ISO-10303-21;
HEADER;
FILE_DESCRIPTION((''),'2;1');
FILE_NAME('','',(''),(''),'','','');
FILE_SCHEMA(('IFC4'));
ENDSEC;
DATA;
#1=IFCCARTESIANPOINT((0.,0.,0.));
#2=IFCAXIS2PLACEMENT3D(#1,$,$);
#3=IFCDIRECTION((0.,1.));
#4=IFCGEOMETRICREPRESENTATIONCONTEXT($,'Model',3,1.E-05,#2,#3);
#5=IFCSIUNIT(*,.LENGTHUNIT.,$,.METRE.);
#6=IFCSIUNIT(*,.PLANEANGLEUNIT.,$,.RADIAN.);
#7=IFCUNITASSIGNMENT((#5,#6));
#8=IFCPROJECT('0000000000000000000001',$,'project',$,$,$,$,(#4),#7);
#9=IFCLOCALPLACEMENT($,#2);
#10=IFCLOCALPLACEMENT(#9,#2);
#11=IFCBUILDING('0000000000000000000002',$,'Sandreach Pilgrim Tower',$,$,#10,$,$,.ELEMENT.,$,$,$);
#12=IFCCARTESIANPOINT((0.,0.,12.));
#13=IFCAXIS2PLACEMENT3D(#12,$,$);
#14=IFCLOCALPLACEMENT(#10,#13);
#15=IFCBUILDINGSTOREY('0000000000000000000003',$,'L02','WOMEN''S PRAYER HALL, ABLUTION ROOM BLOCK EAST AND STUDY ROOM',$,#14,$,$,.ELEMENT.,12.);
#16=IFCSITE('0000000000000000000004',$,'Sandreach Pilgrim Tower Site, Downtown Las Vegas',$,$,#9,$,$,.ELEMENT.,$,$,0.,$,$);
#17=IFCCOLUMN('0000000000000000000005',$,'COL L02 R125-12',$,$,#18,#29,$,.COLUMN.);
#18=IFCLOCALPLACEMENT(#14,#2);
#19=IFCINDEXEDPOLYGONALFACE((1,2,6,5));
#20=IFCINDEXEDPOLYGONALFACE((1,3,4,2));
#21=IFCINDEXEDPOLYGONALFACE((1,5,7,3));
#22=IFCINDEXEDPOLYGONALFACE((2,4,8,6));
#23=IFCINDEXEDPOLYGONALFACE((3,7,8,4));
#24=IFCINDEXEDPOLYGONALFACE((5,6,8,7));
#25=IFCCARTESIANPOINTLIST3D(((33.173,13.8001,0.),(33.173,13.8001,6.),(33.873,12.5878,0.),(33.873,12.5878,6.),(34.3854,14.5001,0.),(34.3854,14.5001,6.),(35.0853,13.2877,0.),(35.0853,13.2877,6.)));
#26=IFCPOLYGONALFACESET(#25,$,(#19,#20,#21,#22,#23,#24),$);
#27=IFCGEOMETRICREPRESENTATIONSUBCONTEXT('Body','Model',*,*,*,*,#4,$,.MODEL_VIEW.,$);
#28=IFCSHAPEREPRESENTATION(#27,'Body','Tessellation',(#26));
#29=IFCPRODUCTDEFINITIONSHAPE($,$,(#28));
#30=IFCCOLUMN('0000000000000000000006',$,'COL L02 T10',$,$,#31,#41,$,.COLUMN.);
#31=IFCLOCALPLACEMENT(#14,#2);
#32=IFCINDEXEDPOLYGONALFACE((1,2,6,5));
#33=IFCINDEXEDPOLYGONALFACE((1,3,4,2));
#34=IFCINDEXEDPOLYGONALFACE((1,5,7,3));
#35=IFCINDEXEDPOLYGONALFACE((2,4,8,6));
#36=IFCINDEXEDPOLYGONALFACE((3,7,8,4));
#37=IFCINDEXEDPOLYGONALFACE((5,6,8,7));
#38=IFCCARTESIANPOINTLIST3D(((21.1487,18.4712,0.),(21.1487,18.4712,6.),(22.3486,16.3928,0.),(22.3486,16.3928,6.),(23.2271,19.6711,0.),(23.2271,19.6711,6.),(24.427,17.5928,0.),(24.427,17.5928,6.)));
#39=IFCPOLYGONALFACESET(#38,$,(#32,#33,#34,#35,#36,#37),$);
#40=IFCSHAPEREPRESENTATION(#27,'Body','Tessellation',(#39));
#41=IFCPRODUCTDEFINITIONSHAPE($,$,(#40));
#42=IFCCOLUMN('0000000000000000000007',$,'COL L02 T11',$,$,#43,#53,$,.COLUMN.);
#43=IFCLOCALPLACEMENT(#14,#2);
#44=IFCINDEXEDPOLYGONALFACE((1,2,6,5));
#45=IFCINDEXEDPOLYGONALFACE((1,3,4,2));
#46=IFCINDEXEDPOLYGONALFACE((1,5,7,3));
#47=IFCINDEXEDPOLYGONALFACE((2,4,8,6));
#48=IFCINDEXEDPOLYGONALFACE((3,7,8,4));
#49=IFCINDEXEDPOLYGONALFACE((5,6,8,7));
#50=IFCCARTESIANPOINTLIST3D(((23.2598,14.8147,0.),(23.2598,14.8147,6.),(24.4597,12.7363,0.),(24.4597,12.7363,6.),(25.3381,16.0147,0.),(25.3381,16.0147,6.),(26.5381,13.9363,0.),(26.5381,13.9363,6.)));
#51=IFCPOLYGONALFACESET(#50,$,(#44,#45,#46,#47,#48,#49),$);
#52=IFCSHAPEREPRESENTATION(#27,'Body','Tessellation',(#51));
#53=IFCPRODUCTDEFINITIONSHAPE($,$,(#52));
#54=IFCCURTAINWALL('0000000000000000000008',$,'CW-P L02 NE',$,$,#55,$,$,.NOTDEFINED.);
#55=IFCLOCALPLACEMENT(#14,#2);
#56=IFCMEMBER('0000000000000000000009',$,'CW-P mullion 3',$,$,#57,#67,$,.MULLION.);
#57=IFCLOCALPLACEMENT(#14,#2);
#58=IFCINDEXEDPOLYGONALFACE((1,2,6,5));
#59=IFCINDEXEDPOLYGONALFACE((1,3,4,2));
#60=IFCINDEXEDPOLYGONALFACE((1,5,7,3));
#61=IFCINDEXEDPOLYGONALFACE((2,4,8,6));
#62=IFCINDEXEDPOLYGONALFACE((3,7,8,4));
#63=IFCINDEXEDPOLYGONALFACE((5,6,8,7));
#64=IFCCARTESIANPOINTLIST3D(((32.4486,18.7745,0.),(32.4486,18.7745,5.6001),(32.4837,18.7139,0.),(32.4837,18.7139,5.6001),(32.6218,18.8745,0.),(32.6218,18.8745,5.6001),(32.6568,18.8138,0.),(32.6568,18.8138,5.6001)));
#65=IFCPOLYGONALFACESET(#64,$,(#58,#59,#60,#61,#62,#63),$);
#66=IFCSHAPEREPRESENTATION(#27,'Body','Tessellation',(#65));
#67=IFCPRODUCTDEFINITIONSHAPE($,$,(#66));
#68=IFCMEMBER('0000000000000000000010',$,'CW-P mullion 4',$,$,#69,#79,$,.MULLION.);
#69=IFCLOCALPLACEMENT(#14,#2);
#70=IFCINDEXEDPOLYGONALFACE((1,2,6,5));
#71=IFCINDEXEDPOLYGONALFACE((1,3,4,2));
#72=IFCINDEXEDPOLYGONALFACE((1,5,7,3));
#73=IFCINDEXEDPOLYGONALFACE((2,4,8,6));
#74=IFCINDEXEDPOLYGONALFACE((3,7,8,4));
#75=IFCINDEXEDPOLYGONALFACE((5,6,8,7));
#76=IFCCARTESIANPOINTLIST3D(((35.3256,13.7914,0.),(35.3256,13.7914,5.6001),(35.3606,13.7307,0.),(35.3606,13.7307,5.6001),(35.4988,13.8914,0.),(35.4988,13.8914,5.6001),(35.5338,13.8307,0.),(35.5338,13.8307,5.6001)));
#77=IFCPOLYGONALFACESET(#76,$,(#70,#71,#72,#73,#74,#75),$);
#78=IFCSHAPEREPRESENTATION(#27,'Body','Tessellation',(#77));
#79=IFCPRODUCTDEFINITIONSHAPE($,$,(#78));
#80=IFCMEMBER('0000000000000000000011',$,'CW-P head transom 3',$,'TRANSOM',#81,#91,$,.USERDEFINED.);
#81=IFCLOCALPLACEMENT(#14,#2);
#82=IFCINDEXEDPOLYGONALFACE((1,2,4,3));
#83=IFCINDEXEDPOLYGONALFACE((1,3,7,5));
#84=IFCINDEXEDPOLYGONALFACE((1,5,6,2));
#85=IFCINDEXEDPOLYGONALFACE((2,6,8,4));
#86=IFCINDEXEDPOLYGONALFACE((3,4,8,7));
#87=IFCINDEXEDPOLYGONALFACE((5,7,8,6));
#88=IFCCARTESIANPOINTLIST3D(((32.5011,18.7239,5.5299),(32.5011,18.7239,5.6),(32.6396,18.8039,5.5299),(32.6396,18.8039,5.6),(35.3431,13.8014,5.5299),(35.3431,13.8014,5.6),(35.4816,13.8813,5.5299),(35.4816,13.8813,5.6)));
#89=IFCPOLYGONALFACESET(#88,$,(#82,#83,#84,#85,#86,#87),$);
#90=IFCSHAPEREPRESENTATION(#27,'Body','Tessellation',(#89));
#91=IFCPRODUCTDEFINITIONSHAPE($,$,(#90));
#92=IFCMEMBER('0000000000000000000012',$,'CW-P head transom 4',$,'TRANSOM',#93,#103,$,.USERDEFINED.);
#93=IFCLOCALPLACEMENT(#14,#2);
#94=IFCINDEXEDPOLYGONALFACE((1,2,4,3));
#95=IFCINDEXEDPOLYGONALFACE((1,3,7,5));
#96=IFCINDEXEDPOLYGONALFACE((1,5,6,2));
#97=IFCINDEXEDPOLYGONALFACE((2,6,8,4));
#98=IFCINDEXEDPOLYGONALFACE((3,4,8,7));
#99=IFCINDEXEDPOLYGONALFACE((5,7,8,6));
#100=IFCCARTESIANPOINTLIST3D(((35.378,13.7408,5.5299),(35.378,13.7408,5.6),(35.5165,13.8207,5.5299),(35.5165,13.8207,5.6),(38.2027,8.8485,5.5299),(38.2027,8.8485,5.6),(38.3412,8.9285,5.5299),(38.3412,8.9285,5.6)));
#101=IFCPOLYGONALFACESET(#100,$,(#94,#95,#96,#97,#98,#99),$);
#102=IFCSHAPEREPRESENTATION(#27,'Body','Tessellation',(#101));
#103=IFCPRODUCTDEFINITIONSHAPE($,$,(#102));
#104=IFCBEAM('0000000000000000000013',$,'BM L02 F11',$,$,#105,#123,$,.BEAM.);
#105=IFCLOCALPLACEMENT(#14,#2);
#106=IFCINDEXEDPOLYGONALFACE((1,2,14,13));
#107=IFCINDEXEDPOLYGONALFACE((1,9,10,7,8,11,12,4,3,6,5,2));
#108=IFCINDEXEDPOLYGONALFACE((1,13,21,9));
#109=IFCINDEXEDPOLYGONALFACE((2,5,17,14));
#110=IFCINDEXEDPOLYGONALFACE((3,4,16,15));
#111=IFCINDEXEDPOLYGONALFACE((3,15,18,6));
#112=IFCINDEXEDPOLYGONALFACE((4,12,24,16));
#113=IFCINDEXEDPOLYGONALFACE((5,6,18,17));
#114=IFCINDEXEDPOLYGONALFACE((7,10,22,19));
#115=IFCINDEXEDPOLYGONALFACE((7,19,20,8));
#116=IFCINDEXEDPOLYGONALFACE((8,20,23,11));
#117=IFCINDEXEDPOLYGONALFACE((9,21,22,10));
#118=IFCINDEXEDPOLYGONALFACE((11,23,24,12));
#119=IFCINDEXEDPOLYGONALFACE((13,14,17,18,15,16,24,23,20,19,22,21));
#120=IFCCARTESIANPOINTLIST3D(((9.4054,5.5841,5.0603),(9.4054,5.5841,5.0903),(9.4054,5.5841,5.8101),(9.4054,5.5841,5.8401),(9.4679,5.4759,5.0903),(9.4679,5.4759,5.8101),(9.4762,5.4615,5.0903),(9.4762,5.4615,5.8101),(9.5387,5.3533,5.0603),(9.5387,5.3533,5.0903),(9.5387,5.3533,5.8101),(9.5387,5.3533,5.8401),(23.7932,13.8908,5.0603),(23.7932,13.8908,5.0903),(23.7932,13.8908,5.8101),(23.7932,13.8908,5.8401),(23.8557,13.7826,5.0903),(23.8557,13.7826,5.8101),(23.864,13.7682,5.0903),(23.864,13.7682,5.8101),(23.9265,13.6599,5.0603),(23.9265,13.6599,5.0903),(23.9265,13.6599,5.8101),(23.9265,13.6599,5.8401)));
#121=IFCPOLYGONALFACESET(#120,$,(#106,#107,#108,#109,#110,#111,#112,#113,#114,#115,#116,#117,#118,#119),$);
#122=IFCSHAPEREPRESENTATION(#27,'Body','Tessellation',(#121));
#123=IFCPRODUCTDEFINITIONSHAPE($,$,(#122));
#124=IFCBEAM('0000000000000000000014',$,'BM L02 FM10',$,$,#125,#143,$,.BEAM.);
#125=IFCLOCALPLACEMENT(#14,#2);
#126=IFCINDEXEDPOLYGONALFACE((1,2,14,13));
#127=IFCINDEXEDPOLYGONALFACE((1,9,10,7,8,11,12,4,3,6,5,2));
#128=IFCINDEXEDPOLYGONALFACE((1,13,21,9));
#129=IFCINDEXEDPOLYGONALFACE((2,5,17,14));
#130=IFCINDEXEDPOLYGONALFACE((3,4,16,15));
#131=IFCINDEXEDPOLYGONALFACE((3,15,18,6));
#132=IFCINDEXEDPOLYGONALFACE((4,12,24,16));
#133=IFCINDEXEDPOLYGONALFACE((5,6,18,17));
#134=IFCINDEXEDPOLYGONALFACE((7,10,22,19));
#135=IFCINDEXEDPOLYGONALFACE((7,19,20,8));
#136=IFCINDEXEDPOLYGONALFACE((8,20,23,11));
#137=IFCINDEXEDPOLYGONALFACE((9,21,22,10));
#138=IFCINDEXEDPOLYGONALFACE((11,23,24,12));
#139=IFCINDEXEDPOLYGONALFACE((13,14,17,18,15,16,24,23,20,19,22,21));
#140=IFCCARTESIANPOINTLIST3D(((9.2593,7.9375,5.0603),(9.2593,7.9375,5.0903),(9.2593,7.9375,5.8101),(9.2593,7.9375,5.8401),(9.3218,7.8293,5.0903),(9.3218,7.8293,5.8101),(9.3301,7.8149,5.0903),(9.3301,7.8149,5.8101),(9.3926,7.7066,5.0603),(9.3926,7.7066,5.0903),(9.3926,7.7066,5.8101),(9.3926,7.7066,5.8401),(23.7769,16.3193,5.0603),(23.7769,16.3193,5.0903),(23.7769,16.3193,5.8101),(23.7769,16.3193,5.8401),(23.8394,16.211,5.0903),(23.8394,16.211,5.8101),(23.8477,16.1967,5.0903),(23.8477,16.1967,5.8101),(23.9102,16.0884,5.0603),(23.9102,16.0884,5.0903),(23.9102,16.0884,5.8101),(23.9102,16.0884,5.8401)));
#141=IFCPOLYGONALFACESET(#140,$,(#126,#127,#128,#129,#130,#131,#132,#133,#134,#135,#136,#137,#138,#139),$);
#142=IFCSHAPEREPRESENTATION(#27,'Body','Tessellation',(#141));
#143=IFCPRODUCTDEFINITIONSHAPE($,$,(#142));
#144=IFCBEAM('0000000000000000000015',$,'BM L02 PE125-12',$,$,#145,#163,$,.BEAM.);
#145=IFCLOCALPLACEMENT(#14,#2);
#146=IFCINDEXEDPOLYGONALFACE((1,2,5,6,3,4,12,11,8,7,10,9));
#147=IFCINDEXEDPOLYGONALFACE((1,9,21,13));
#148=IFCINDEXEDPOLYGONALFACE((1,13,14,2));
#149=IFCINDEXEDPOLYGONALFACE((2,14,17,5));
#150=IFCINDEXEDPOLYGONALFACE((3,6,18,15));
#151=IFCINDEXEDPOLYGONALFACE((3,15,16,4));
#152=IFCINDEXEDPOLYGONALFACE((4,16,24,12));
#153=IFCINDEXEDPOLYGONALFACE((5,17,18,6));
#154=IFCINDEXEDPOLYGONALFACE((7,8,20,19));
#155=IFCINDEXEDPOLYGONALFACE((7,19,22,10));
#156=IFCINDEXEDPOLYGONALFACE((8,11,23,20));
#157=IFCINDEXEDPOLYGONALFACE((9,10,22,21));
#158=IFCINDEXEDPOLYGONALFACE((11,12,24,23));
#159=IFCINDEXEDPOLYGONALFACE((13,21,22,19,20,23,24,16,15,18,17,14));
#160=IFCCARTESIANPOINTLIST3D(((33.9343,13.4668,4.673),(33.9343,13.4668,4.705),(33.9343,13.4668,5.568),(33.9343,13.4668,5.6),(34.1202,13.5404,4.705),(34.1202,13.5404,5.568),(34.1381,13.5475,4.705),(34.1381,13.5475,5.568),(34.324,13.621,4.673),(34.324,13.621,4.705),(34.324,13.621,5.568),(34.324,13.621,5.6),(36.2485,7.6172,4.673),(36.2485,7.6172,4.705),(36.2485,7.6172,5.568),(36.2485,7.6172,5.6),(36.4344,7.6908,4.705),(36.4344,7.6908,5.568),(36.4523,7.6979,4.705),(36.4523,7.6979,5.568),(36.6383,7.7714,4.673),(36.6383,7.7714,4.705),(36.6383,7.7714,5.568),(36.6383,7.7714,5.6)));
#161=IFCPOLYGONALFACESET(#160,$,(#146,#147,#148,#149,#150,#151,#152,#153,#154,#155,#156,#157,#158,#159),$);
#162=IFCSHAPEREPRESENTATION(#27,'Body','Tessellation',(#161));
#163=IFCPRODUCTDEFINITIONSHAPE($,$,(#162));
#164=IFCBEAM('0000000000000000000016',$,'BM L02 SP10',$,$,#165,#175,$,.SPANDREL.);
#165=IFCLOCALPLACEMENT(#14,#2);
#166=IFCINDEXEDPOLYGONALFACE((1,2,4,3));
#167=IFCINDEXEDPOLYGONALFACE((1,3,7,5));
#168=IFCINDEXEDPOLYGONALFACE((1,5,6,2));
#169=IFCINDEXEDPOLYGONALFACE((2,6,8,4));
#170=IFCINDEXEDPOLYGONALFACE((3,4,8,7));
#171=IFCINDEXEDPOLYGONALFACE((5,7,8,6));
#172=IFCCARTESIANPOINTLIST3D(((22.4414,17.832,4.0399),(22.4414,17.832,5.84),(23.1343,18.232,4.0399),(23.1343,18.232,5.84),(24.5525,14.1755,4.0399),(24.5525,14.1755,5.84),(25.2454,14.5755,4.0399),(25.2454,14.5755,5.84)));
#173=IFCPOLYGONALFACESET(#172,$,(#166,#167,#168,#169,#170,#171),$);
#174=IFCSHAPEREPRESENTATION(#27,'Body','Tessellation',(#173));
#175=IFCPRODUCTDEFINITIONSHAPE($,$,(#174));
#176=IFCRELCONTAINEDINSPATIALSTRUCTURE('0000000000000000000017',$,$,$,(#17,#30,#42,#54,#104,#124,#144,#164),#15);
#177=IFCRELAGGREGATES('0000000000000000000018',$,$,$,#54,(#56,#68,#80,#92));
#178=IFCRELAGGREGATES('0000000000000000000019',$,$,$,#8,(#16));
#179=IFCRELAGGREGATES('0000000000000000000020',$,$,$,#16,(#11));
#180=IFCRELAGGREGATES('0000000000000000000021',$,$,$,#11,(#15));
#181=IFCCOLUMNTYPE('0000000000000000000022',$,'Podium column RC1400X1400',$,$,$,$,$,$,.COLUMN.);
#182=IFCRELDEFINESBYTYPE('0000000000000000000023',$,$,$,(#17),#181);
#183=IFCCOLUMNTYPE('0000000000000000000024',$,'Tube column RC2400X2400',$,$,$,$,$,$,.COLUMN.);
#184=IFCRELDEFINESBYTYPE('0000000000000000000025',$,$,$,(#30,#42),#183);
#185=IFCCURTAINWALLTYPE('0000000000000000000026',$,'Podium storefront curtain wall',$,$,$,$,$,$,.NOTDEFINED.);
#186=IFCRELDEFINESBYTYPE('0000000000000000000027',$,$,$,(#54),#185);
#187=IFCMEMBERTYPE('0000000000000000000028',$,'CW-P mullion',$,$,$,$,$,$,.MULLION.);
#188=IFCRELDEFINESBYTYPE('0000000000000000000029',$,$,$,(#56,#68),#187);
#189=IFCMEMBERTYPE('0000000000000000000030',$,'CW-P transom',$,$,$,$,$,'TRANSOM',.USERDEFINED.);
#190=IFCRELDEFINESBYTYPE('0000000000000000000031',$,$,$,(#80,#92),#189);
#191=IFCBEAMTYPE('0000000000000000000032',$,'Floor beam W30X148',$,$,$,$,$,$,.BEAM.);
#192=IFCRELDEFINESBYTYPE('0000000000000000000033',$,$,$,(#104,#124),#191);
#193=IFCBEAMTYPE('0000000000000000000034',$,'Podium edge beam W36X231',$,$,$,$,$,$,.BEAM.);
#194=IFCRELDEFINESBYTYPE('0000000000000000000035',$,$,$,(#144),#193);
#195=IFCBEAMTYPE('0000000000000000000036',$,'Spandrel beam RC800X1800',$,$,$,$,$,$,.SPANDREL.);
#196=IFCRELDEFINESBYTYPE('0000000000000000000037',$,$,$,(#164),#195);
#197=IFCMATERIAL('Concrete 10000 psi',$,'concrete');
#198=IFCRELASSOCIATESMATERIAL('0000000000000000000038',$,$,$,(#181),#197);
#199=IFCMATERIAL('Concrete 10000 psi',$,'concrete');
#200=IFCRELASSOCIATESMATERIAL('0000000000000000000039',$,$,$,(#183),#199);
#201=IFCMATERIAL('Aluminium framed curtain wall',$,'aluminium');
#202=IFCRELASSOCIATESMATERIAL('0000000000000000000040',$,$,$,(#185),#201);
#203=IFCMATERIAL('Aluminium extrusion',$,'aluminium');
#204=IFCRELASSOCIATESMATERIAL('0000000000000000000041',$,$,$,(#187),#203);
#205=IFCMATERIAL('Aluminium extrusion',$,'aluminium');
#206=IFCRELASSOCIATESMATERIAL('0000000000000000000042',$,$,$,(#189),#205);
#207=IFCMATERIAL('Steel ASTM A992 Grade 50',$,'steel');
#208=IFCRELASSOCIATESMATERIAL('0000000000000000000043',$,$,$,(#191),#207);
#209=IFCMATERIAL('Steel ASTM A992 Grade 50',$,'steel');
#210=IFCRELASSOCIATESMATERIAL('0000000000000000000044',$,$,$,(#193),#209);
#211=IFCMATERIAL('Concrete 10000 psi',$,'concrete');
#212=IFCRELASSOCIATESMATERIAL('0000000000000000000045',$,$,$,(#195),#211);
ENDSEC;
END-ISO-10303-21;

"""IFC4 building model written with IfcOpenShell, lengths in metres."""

from ifc_helpers import new_model, si_unit, direction, frame, origin, origin_2d, place, context, subcontext, project, spatial, rectangle, i_section, extrude, material, material_profile, profile_set, type_object, element, aggregate, save


model = new_model("IFC4")

# Units and contexts
model_context = context("Model", 3, precision=1e-05, world=origin(), true_north=direction((0.0, 1.0)))
body_context = subcontext(model_context, "Body", "Model", "MODEL_VIEW")
ifc_project = project(units=[si_unit("LENGTHUNIT", "METRE"), si_unit("PLANEANGLEUNIT", "RADIAN")], contexts=[model_context])

# Site, building, storey
site_placement = place(None, origin())
site = spatial("IfcSite", under=ifc_project, at=site_placement, Name="Sandreach Pilgrim Tower Site, Downtown Las Vegas", CompositionType="ELEMENT", RefElevation=0.0)
building_placement = place(site_placement, origin())
building = spatial("IfcBuilding", under=site, at=building_placement, Name="Sandreach Pilgrim Tower", CompositionType="ELEMENT")
storey_placement = place(building_placement, frame((0.0, 0.0, 12.0)))
storey = spatial("IfcBuildingStorey", under=building, at=storey_placement, Name="L02", Description="WOMEN'S PRAYER HALL, ABLUTION ROOM BLOCK EAST AND STUDY ROOM", CompositionType="ELEMENT", Elevation=12.0)

# Columns
ifc_material_1 = material(Name="Concrete 10000 psi", Category="concrete")
ifc_material_profile_1 = material_profile(ifc_material_1, rectangle(XDim=1.3999, YDim=1.3999, at=origin_2d()), Name="RC1400X1400")
ifc_profile_set_1 = profile_set([ifc_material_profile_1], Name="Concrete 10000 psi")
column_type_1 = type_object("IfcColumnType", Name="Podium column RC1400X1400", PredefinedType="COLUMN", material=ifc_profile_set_1)
column_placement = place(storey_placement, frame((34.1292, 13.5439, 0.0), z_axis=(0.0, 0.0, 1.0), x_axis=(0.866025, 0.5, 0.0)))
element("IfcColumn", 1, at=column_placement, inside=storey, type_object=column_type_1, Name="COL L02 R125-12", PredefinedType="COLUMN", context=body_context, shape_type="SweptSolid", body=[
    extrude(rectangle(XDim=1.3999, YDim=1.3999, at=origin_2d()), origin(), (0.0, 0.0, 1.0), 6.0),
])
ifc_material_2 = material(Name="Concrete 10000 psi", Category="concrete")
ifc_material_profile_2 = material_profile(ifc_material_2, rectangle(XDim=2.3999, YDim=2.3999, at=origin_2d()), Name="RC2400X2400")
ifc_profile_set_2 = profile_set([ifc_material_profile_2], Name="Concrete 10000 psi")
column_type_2 = type_object("IfcColumnType", Name="Tube column RC2400X2400", PredefinedType="COLUMN", material=ifc_profile_set_2)
for number, where, z_axis, x_axis, name in (
    (2, (22.7878, 18.032, 0.0), (0.0, 0.0, 1.0), (0.866025, 0.5, 0.0), "COL L02 T10"),
    (3, (24.8989, 14.3755, 0.0), (0.0, 0.0, 1.0), (0.866025, 0.5, 0.0), "COL L02 T11"),
):
    element("IfcColumn", number, at=place(storey_placement, frame(where, z_axis=z_axis, x_axis=x_axis)), inside=storey, type_object=column_type_2, Name=name, PredefinedType="COLUMN", context=body_context, shape_type="SweptSolid", body=[
        extrude(rectangle(XDim=2.3999, YDim=2.3999, at=origin_2d()), origin(), (0.0, 0.0, 1.0), 6.0),
    ])

# Curtain wall, members
ifc_material_3 = material(Name="Aluminium framed curtain wall", Category="aluminium")
curtain_wall_type = type_object("IfcCurtainWallType", Name="Podium storefront curtain wall", PredefinedType="NOTDEFINED", material=ifc_material_3)
curtain_wall_placement = place(storey_placement, origin())
curtain_wall = element("IfcCurtainWall", 4, at=curtain_wall_placement, inside=storey, type_object=curtain_wall_type, Name="CW-P L02 NE", PredefinedType="NOTDEFINED")
ifc_material_4 = material(Name="Aluminium extrusion", Category="aluminium")
ifc_material_profile_3 = material_profile(ifc_material_4, rectangle(XDim=0.0701, YDim=0.2, at=origin_2d()), Name="CW-PM 70X200")
ifc_profile_set_3 = profile_set([ifc_material_profile_3], Name="Aluminium extrusion")
member_type_1 = type_object("IfcMemberType", Name="CW-P mullion", PredefinedType="MULLION", material=ifc_profile_set_3)
member_1_placement = place(storey_placement, frame((32.5527, 18.7942, 0.0), z_axis=(0.0, 0.0, 1.0), x_axis=(0.5, -0.866025, 0.0)))
member_1 = element("IfcMember", 5, at=member_1_placement, type_object=member_type_1, Name="CW-P mullion 3", PredefinedType="MULLION", context=body_context, shape_type="SweptSolid", body=[
    extrude(rectangle(XDim=0.0701, YDim=0.2, at=origin_2d()), origin(), (0.0, 0.0, 1.0), 5.6001),
])
member_2_placement = place(storey_placement, frame((35.4297, 13.811, 0.0), z_axis=(0.0, 0.0, 1.0), x_axis=(0.5, -0.866025, 0.0)))
member_2 = element("IfcMember", 6, at=member_2_placement, type_object=member_type_1, Name="CW-P mullion 4", PredefinedType="MULLION", context=body_context, shape_type="SweptSolid", body=[
    extrude(rectangle(XDim=0.0701, YDim=0.2, at=origin_2d()), origin(), (0.0, 0.0, 1.0), 5.6001),
])
ifc_material_5 = material(Name="Aluminium extrusion", Category="aluminium")
ifc_material_profile_4 = material_profile(ifc_material_5, rectangle(XDim=0.1599, YDim=0.0701, at=origin_2d()), Name="CW-PT 160X70")
ifc_profile_set_4 = profile_set([ifc_material_profile_4], Name="Aluminium extrusion")
member_type_2 = type_object("IfcMemberType", Name="CW-P transom", ElementType="TRANSOM", PredefinedType="USERDEFINED", material=ifc_profile_set_4)
member_3_placement = place(storey_placement, frame((32.5703, 18.7639, 5.5649), z_axis=(0.499996, -0.866028, 0.0), x_axis=(0.866028, 0.499996, 0.0)))
member_3 = element("IfcMember", 7, at=member_3_placement, type_object=member_type_2, Name="CW-P head transom 3", ObjectType="TRANSOM", PredefinedType="USERDEFINED", context=body_context, shape_type="SweptSolid", body=[
    extrude(rectangle(XDim=0.1599, YDim=0.0701, at=origin_2d()), origin(), (0.0, 0.0, 1.0), 5.6841),
])
member_4_placement = place(storey_placement, frame((35.4473, 13.7808, 5.5649), z_axis=(0.500015, -0.866016, 0.0), x_axis=(0.866016, 0.500015, 0.0)))
member_4 = element("IfcMember", 8, at=member_4_placement, type_object=member_type_2, Name="CW-P head transom 4", ObjectType="TRANSOM", PredefinedType="USERDEFINED", context=body_context, shape_type="SweptSolid", body=[
    extrude(rectangle(XDim=0.1599, YDim=0.0701, at=origin_2d()), origin(), (0.0, 0.0, 1.0), 5.6492),
])

# Beams
ifc_material_6 = material(Name="Steel ASTM A992 Grade 50", Category="steel")
ifc_material_profile_5 = material_profile(ifc_material_6, i_section(OverallWidth=0.2666, OverallDepth=0.7798, WebThickness=0.0166, FlangeThickness=0.03, at=origin_2d()), Name="W30X148")
ifc_profile_set_5 = profile_set([ifc_material_profile_5], Name="Steel ASTM A992 Grade 50")
beam_type_1 = type_object("IfcBeamType", Name="Floor beam W30X148", PredefinedType="BEAM", material=ifc_profile_set_5)
beam_1_placement = place(storey_placement, frame((23.8599, 13.7754, 5.4502), z_axis=(-0.866028, -0.499996, 0.0), x_axis=(0.499996, -0.866028, 0.0)))
element("IfcBeam", 9, at=beam_1_placement, inside=storey, type_object=beam_type_1, Name="BM L02 F11", PredefinedType="BEAM", context=body_context, shape_type="SweptSolid", body=[
    extrude(i_section(OverallWidth=0.2666, OverallDepth=0.7798, WebThickness=0.0166, FlangeThickness=0.03, at=origin_2d()), origin(), (0.0, 0.0, 1.0), 16.6135),
])
beam_2_placement = place(storey_placement, frame((23.8435, 16.2039, 5.4502), z_axis=(-0.866023, -0.500005, 0.0), x_axis=(0.500005, -0.866023, 0.0)))
element("IfcBeam", 10, at=beam_2_placement, inside=storey, type_object=beam_type_1, Name="BM L02 FM10", PredefinedType="BEAM", context=body_context, shape_type="SweptSolid", body=[
    extrude(i_section(OverallWidth=0.2666, OverallDepth=0.7798, WebThickness=0.0166, FlangeThickness=0.03, at=origin_2d()), origin(), (0.0, 0.0, 1.0), 16.7634),
])
ifc_material_7 = material(Name="Steel ASTM A992 Grade 50", Category="steel")
ifc_material_profile_6 = material_profile(ifc_material_7, i_section(OverallWidth=0.4192, OverallDepth=0.927, WebThickness=0.0193, FlangeThickness=0.032, at=origin_2d()), Name="W36X231")
ifc_profile_set_6 = profile_set([ifc_material_profile_6], Name="Steel ASTM A992 Grade 50")
beam_type_2 = type_object("IfcBeamType", Name="Podium edge beam W36X231", PredefinedType="BEAM", material=ifc_profile_set_6)
beam_3_placement = place(storey_placement, frame((34.1292, 13.5439, 5.1365), z_axis=(0.367875, -0.929875, 0.0), x_axis=(0.929875, 0.367875, 0.0)))
element("IfcBeam", 11, at=beam_3_placement, inside=storey, type_object=beam_type_2, Name="BM L02 PE125-12", PredefinedType="BEAM", context=body_context, shape_type="SweptSolid", body=[
    extrude(i_section(OverallWidth=0.4192, OverallDepth=0.927, WebThickness=0.0193, FlangeThickness=0.032, at=origin_2d()), origin(), (0.0, 0.0, 1.0), 6.2908),
])
ifc_material_8 = material(Name="Concrete 10000 psi", Category="concrete")
ifc_material_profile_7 = material_profile(ifc_material_8, rectangle(XDim=0.8, YDim=1.8, at=origin_2d()), Name="RC800X1800")
ifc_profile_set_7 = profile_set([ifc_material_profile_7], Name="Concrete 10000 psi")
beam_type_3 = type_object("IfcBeamType", Name="Spandrel beam RC800X1800", PredefinedType="SPANDREL", material=ifc_profile_set_7)
beam_4_placement = place(storey_placement, frame((22.7878, 18.032, 4.9399), z_axis=(0.500001, -0.866025, 0.0), x_axis=(0.866025, 0.500001, 0.0)))
element("IfcBeam", 12, at=beam_4_placement, inside=storey, type_object=beam_type_3, Name="BM L02 SP10", PredefinedType="SPANDREL", context=body_context, shape_type="SweptSolid", body=[
    extrude(rectangle(XDim=0.8, YDim=1.8, at=origin_2d()), origin(), (0.0, 0.0, 1.0), 4.2222),
])

aggregate(curtain_wall, [member_1, member_2, member_3, member_4])

save(model, "model.ifc")
